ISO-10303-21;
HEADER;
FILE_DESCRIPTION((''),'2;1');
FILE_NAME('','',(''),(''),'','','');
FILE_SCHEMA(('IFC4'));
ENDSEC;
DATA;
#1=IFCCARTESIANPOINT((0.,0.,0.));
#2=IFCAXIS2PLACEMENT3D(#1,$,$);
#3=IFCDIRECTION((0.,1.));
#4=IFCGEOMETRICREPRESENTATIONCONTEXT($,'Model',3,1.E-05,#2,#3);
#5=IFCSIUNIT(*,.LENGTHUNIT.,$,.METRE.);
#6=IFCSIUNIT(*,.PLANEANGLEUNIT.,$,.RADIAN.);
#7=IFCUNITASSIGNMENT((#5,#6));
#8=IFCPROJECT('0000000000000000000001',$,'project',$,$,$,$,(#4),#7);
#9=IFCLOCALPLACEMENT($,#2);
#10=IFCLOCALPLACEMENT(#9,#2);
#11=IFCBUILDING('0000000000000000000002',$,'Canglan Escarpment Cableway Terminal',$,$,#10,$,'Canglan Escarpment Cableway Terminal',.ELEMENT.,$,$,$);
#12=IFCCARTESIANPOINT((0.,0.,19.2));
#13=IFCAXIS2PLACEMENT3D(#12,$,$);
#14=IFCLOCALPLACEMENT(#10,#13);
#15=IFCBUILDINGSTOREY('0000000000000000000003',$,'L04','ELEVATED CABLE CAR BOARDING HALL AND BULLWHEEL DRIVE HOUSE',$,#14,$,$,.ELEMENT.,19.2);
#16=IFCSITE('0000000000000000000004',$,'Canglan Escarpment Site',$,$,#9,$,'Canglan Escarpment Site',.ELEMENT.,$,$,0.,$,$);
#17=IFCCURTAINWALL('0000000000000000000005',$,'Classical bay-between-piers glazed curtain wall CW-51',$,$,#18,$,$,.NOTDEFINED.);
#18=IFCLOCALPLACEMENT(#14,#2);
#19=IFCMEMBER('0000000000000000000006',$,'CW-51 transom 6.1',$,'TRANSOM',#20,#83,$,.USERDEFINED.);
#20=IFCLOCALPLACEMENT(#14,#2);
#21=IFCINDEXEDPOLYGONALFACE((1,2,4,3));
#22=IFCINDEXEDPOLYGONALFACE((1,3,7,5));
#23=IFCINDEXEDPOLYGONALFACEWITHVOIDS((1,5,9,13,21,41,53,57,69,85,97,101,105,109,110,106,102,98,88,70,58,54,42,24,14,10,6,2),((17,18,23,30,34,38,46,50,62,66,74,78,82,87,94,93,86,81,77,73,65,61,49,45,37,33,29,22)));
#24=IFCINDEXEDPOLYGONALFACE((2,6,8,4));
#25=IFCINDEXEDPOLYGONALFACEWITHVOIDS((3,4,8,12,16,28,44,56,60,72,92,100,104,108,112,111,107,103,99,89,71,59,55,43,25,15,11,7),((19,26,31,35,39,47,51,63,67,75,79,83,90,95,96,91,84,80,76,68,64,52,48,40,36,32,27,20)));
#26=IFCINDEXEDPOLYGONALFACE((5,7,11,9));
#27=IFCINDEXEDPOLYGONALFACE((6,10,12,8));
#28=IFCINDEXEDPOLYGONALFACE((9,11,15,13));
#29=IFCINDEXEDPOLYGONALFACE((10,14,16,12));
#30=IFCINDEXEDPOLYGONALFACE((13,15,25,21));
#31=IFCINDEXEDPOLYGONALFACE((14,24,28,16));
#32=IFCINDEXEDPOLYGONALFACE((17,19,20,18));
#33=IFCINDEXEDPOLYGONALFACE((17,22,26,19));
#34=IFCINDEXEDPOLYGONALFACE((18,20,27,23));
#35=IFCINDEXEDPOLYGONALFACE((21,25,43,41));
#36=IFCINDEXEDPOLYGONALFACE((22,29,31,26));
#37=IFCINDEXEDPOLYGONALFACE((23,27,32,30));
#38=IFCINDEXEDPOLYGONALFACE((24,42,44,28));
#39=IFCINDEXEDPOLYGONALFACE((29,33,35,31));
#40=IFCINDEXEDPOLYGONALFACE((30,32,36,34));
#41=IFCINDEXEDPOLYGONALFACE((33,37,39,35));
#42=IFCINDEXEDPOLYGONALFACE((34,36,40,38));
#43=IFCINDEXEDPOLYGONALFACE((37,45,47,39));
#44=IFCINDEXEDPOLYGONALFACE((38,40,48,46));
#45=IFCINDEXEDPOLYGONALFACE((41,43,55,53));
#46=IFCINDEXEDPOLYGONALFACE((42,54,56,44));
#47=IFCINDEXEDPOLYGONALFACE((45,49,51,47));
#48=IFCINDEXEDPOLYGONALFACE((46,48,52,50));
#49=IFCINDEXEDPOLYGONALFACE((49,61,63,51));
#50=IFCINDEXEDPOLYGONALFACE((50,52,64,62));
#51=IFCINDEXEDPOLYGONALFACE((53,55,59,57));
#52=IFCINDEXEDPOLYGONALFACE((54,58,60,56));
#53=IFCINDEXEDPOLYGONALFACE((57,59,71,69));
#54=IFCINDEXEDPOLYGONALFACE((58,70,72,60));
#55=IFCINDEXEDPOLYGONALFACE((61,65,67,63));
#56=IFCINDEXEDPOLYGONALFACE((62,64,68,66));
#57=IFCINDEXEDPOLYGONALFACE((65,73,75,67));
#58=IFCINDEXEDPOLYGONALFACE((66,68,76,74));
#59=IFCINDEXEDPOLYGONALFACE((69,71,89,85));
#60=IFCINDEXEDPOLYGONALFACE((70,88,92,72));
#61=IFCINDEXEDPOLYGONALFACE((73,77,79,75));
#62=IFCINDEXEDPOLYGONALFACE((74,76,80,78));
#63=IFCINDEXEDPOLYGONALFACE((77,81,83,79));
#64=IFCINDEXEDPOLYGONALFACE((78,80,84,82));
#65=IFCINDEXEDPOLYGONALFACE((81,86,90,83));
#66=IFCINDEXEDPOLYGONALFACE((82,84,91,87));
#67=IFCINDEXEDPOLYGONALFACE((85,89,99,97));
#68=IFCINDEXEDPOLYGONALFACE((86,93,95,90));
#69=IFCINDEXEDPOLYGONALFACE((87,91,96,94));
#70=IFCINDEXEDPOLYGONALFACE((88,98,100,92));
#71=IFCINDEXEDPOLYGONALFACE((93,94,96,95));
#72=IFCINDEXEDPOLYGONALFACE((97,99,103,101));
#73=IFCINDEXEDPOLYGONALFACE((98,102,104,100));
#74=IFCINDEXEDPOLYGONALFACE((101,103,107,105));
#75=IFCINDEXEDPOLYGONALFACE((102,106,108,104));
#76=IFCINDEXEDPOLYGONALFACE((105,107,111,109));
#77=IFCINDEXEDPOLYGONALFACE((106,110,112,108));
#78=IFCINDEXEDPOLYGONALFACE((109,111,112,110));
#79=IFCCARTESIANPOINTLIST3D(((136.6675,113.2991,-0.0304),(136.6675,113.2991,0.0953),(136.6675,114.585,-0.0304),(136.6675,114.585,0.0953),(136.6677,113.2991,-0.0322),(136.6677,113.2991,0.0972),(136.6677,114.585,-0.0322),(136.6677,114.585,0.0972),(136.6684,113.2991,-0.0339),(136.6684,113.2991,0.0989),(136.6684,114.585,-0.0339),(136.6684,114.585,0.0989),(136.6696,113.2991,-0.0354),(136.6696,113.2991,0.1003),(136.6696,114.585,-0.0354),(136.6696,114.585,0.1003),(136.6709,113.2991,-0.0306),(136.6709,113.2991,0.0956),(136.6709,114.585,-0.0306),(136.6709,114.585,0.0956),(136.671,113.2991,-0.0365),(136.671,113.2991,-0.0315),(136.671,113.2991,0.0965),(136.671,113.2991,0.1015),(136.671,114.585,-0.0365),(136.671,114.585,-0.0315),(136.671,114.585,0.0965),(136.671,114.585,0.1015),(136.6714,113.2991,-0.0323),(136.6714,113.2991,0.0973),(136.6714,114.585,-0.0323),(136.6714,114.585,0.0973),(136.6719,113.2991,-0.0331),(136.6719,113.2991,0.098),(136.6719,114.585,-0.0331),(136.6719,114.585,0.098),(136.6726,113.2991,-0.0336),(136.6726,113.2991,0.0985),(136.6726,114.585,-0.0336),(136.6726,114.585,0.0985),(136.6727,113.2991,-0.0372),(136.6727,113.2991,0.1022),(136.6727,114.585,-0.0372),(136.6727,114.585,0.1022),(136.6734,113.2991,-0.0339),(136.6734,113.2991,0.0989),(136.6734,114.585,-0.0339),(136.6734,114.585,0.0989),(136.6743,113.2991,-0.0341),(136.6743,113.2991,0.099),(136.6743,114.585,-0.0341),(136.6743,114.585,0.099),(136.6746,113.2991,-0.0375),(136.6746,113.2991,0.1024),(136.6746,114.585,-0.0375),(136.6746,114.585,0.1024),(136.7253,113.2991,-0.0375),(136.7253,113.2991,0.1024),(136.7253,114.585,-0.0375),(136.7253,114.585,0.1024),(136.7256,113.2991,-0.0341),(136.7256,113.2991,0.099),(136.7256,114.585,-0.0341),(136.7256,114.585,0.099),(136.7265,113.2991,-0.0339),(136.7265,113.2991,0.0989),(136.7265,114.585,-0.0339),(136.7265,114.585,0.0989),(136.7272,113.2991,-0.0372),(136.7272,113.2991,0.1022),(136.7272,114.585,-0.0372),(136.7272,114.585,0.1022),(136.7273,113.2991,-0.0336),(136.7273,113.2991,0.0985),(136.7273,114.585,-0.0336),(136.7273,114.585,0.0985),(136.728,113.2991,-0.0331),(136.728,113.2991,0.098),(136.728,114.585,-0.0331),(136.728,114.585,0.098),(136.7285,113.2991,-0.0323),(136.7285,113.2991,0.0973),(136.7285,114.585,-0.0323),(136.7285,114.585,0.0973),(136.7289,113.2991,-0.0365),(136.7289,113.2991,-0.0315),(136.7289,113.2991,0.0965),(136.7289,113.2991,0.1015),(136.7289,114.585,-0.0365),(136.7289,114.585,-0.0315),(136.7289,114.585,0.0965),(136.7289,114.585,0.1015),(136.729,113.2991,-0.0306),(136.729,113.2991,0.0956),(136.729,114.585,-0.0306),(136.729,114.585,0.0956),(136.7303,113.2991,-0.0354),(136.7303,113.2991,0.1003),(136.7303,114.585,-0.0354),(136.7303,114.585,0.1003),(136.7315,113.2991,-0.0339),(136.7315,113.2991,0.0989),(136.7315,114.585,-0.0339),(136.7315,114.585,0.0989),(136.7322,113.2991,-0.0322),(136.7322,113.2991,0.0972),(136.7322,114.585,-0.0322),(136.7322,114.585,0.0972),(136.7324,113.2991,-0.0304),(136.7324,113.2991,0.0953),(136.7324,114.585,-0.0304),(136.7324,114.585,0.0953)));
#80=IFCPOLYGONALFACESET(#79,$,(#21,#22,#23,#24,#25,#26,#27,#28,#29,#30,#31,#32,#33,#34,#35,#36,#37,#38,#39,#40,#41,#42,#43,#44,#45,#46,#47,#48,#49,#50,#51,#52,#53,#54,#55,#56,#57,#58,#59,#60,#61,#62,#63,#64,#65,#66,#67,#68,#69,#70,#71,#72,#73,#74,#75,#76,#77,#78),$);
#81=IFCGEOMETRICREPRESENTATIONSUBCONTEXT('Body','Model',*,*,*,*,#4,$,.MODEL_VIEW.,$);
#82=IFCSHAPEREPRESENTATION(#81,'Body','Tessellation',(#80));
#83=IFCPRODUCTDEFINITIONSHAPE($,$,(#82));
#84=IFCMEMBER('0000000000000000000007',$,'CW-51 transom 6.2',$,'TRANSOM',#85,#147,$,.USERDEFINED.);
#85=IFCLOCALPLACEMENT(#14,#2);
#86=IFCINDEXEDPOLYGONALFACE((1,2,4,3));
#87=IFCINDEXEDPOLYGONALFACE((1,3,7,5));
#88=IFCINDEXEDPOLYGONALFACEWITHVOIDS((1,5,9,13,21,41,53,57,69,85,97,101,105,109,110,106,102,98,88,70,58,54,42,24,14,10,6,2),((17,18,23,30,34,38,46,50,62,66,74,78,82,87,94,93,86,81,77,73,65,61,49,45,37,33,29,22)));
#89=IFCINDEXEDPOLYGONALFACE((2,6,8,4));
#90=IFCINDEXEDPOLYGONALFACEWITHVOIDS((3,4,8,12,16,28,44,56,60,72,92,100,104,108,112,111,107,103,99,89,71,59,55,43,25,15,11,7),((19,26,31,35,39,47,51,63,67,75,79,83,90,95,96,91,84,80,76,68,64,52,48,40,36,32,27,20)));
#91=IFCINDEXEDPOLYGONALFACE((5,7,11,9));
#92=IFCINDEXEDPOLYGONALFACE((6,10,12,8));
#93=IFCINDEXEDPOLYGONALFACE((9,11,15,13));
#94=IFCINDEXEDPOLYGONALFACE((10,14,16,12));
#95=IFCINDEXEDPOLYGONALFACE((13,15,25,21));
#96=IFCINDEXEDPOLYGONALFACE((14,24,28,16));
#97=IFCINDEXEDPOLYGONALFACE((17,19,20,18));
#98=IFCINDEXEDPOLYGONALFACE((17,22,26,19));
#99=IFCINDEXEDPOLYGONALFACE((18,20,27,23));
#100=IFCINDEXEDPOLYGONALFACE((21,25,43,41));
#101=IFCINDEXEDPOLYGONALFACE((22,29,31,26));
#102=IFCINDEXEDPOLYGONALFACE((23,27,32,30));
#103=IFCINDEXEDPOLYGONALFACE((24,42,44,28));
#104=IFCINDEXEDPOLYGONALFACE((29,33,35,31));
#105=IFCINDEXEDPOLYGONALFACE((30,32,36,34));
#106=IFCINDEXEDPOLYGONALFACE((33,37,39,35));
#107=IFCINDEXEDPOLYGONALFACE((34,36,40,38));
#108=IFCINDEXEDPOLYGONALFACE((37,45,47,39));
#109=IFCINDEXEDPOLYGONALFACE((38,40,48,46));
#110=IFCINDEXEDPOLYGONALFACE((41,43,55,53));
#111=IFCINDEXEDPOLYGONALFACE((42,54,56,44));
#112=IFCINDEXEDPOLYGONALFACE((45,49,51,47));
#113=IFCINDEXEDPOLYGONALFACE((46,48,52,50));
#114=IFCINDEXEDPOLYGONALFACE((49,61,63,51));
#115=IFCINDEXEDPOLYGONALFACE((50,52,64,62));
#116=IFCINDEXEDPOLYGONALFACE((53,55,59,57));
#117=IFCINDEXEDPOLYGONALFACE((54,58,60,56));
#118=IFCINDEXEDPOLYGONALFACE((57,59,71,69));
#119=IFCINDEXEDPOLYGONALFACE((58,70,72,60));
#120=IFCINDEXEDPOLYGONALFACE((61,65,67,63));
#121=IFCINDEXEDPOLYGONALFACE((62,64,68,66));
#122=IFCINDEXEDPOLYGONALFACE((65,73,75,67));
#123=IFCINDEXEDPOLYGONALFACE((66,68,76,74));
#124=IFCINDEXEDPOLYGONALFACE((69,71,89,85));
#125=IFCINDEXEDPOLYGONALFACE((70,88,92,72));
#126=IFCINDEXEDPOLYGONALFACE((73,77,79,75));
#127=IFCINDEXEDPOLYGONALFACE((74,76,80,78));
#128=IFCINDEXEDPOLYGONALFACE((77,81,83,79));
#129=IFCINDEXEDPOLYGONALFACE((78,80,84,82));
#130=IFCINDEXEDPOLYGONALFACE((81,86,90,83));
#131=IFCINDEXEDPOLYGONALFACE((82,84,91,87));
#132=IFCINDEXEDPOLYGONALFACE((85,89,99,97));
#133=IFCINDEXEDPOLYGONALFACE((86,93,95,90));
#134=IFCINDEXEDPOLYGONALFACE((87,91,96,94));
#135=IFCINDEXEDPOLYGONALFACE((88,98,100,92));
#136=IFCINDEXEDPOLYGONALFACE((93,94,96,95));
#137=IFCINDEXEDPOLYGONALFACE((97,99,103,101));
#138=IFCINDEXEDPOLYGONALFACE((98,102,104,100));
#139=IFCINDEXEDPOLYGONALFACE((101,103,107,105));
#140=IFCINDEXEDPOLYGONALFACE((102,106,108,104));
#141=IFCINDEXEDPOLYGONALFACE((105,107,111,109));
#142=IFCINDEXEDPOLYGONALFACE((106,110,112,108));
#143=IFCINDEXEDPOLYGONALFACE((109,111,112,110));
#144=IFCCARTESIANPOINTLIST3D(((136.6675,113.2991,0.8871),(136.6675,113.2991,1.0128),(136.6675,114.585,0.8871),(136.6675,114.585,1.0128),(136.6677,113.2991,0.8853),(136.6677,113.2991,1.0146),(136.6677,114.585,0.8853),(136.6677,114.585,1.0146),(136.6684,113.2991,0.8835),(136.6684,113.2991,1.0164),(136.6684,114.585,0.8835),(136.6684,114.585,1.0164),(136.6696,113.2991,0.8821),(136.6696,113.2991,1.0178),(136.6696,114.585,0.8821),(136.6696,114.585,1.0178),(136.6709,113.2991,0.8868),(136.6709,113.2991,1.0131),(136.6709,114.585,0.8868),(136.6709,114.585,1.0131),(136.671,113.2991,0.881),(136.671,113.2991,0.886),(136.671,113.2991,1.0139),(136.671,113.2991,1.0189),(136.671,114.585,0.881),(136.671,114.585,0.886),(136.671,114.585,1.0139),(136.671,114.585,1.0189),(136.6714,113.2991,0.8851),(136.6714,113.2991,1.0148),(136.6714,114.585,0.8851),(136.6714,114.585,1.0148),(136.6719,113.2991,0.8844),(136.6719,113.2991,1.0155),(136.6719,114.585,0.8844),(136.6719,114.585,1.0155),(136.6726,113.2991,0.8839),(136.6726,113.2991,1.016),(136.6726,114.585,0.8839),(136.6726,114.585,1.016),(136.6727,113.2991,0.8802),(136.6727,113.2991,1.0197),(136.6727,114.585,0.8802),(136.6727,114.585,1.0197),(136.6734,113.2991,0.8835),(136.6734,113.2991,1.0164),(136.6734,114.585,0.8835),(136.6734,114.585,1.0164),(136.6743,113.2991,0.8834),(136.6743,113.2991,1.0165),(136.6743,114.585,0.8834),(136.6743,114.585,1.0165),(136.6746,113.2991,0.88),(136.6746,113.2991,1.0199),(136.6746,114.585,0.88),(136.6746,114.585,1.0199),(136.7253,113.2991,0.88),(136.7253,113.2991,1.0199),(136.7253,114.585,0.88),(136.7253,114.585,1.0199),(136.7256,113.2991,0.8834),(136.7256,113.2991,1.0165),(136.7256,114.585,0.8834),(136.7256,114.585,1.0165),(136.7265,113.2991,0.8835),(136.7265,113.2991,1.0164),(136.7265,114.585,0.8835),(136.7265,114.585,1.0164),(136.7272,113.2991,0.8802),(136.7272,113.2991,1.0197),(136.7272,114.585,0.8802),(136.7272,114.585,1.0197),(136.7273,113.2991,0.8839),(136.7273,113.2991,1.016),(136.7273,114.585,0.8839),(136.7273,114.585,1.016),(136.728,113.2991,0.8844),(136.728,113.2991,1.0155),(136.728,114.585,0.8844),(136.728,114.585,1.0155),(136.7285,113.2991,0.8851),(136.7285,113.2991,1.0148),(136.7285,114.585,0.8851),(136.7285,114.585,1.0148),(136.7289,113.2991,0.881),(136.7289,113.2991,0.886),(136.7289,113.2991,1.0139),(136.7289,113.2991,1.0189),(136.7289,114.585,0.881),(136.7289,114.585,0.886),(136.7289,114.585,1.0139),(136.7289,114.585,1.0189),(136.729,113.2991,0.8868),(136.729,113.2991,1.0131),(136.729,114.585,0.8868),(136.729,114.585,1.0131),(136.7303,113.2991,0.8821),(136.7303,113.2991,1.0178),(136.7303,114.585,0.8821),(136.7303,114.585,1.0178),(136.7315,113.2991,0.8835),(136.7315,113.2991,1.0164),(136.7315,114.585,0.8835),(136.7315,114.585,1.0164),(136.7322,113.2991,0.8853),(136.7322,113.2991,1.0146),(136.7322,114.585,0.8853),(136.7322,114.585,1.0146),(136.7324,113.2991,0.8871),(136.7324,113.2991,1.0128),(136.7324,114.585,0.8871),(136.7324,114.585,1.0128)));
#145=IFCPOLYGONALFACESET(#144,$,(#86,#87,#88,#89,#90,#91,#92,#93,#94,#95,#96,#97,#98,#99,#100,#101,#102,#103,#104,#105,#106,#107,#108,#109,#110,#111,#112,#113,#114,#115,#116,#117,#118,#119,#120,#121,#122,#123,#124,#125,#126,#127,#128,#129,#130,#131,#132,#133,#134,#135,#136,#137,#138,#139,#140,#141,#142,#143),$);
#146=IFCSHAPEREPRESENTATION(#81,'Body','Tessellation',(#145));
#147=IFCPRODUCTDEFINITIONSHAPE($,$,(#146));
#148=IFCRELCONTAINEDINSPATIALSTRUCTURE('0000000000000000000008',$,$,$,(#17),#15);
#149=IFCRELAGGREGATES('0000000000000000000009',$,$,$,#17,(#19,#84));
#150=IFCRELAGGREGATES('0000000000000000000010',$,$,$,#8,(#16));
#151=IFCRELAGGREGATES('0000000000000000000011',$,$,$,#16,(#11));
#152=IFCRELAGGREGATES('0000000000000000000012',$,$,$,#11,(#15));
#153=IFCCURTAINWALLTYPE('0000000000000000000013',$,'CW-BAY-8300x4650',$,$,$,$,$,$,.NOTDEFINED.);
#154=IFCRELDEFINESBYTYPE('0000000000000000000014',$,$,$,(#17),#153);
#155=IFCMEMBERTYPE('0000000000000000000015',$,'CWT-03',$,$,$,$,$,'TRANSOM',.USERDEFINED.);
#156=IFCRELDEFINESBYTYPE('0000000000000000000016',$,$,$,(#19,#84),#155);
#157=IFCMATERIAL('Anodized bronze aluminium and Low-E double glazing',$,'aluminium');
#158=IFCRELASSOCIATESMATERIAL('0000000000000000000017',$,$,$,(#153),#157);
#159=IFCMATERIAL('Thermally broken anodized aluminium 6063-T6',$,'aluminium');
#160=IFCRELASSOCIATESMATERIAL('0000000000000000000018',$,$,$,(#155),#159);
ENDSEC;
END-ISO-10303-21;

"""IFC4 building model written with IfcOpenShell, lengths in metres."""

from ifc_helpers import new_model, si_unit, direction, frame, origin, origin_2d, place, context, subcontext, project, spatial, hollow_rectangle, extrude, material, material_profile, profile_set, type_object, element, aggregate, save


model = new_model("IFC4")

# Units and contexts
model_context = context("Model", 3, precision=1e-05, world=origin(), true_north=direction((0.0, 1.0)))
body_context = subcontext(model_context, "Body", "Model", "MODEL_VIEW")
ifc_project = project(units=[si_unit("LENGTHUNIT", "METRE"), si_unit("PLANEANGLEUNIT", "RADIAN")], contexts=[model_context])

# Site, building, storey
site_placement = place(None, origin())
site = spatial("IfcSite", under=ifc_project, at=site_placement, Name="Canglan Escarpment Site", LongName="Canglan Escarpment Site", CompositionType="ELEMENT", RefElevation=0.0)
building_placement = place(site_placement, origin())
building = spatial("IfcBuilding", under=site, at=building_placement, Name="Canglan Escarpment Cableway Terminal", LongName="Canglan Escarpment Cableway Terminal", CompositionType="ELEMENT")
storey_placement = place(building_placement, frame((0.0, 0.0, 19.2)))
storey = spatial("IfcBuildingStorey", under=building, at=storey_placement, Name="L04", Description="ELEVATED CABLE CAR BOARDING HALL AND BULLWHEEL DRIVE HOUSE", CompositionType="ELEMENT", Elevation=19.2)

# Shared definitions
ifc_material_1 = material(Name="Anodized bronze aluminium and Low-E double glazing", Category="aluminium")
ifc_material_2 = material(Name="Thermally broken anodized aluminium 6063-T6", Category="aluminium")

# Curtain wall, members
curtain_wall_type_1 = type_object("IfcCurtainWallType", Name="CW-BAY-8300x4650", PredefinedType="NOTDEFINED", material=ifc_material_1)
curtain_wall_1_placement = place(storey_placement, origin())
curtain_wall_1 = element("IfcCurtainWall", 1, at=curtain_wall_1_placement, inside=storey, type_object=curtain_wall_type_1, Name="Classical bay-between-piers glazed curtain wall CW-51", PredefinedType="NOTDEFINED")
ifc_material_profile_1 = material_profile(ifc_material_2, hollow_rectangle(XDim=0.0649, YDim=0.1399, WallThickness=0.0034, InnerFilletRadius=0.0034, OuterFilletRadius=0.0071, at=origin_2d()), Name="ALU-TRAN 65x140x3.5")
ifc_profile_set_1 = profile_set([ifc_material_profile_1], Name="Thermally broken anodized aluminium 6063-T6")
member_type_1 = type_object("IfcMemberType", Name="CWT-03", ElementType="TRANSOM", PredefinedType="USERDEFINED", material=ifc_profile_set_1)
member_1_placement = place(storey_placement, frame((136.7, 113.2991, 0.0325), z_axis=(0.0, 1.0, 0.0), x_axis=(-1.0, 0.0, 0.0)))
member_1 = element("IfcMember", 2, at=member_1_placement, type_object=member_type_1, Name="CW-51 transom 6.1", ObjectType="TRANSOM", PredefinedType="USERDEFINED", context=body_context, shape_type="SweptSolid", body=[
    extrude(hollow_rectangle(XDim=0.0649, YDim=0.1399, WallThickness=0.0034, InnerFilletRadius=0.0034, OuterFilletRadius=0.0071, at=origin_2d()), origin(), (0.0, 0.0, 1.0), 1.2859),
])
member_2_placement = place(storey_placement, frame((136.7, 113.2991, 0.95), z_axis=(0.0, 1.0, 0.0), x_axis=(-1.0, 0.0, 0.0)))
member_2 = element("IfcMember", 3, at=member_2_placement, type_object=member_type_1, Name="CW-51 transom 6.2", ObjectType="TRANSOM", PredefinedType="USERDEFINED", context=body_context, shape_type="SweptSolid", body=[
    extrude(hollow_rectangle(XDim=0.0649, YDim=0.1399, WallThickness=0.0034, InnerFilletRadius=0.0034, OuterFilletRadius=0.0071, at=origin_2d()), origin(), (0.0, 0.0, 1.0), 1.2859),
])

aggregate(curtain_wall_1, [member_1, member_2])

save(model, "model.ifc")
